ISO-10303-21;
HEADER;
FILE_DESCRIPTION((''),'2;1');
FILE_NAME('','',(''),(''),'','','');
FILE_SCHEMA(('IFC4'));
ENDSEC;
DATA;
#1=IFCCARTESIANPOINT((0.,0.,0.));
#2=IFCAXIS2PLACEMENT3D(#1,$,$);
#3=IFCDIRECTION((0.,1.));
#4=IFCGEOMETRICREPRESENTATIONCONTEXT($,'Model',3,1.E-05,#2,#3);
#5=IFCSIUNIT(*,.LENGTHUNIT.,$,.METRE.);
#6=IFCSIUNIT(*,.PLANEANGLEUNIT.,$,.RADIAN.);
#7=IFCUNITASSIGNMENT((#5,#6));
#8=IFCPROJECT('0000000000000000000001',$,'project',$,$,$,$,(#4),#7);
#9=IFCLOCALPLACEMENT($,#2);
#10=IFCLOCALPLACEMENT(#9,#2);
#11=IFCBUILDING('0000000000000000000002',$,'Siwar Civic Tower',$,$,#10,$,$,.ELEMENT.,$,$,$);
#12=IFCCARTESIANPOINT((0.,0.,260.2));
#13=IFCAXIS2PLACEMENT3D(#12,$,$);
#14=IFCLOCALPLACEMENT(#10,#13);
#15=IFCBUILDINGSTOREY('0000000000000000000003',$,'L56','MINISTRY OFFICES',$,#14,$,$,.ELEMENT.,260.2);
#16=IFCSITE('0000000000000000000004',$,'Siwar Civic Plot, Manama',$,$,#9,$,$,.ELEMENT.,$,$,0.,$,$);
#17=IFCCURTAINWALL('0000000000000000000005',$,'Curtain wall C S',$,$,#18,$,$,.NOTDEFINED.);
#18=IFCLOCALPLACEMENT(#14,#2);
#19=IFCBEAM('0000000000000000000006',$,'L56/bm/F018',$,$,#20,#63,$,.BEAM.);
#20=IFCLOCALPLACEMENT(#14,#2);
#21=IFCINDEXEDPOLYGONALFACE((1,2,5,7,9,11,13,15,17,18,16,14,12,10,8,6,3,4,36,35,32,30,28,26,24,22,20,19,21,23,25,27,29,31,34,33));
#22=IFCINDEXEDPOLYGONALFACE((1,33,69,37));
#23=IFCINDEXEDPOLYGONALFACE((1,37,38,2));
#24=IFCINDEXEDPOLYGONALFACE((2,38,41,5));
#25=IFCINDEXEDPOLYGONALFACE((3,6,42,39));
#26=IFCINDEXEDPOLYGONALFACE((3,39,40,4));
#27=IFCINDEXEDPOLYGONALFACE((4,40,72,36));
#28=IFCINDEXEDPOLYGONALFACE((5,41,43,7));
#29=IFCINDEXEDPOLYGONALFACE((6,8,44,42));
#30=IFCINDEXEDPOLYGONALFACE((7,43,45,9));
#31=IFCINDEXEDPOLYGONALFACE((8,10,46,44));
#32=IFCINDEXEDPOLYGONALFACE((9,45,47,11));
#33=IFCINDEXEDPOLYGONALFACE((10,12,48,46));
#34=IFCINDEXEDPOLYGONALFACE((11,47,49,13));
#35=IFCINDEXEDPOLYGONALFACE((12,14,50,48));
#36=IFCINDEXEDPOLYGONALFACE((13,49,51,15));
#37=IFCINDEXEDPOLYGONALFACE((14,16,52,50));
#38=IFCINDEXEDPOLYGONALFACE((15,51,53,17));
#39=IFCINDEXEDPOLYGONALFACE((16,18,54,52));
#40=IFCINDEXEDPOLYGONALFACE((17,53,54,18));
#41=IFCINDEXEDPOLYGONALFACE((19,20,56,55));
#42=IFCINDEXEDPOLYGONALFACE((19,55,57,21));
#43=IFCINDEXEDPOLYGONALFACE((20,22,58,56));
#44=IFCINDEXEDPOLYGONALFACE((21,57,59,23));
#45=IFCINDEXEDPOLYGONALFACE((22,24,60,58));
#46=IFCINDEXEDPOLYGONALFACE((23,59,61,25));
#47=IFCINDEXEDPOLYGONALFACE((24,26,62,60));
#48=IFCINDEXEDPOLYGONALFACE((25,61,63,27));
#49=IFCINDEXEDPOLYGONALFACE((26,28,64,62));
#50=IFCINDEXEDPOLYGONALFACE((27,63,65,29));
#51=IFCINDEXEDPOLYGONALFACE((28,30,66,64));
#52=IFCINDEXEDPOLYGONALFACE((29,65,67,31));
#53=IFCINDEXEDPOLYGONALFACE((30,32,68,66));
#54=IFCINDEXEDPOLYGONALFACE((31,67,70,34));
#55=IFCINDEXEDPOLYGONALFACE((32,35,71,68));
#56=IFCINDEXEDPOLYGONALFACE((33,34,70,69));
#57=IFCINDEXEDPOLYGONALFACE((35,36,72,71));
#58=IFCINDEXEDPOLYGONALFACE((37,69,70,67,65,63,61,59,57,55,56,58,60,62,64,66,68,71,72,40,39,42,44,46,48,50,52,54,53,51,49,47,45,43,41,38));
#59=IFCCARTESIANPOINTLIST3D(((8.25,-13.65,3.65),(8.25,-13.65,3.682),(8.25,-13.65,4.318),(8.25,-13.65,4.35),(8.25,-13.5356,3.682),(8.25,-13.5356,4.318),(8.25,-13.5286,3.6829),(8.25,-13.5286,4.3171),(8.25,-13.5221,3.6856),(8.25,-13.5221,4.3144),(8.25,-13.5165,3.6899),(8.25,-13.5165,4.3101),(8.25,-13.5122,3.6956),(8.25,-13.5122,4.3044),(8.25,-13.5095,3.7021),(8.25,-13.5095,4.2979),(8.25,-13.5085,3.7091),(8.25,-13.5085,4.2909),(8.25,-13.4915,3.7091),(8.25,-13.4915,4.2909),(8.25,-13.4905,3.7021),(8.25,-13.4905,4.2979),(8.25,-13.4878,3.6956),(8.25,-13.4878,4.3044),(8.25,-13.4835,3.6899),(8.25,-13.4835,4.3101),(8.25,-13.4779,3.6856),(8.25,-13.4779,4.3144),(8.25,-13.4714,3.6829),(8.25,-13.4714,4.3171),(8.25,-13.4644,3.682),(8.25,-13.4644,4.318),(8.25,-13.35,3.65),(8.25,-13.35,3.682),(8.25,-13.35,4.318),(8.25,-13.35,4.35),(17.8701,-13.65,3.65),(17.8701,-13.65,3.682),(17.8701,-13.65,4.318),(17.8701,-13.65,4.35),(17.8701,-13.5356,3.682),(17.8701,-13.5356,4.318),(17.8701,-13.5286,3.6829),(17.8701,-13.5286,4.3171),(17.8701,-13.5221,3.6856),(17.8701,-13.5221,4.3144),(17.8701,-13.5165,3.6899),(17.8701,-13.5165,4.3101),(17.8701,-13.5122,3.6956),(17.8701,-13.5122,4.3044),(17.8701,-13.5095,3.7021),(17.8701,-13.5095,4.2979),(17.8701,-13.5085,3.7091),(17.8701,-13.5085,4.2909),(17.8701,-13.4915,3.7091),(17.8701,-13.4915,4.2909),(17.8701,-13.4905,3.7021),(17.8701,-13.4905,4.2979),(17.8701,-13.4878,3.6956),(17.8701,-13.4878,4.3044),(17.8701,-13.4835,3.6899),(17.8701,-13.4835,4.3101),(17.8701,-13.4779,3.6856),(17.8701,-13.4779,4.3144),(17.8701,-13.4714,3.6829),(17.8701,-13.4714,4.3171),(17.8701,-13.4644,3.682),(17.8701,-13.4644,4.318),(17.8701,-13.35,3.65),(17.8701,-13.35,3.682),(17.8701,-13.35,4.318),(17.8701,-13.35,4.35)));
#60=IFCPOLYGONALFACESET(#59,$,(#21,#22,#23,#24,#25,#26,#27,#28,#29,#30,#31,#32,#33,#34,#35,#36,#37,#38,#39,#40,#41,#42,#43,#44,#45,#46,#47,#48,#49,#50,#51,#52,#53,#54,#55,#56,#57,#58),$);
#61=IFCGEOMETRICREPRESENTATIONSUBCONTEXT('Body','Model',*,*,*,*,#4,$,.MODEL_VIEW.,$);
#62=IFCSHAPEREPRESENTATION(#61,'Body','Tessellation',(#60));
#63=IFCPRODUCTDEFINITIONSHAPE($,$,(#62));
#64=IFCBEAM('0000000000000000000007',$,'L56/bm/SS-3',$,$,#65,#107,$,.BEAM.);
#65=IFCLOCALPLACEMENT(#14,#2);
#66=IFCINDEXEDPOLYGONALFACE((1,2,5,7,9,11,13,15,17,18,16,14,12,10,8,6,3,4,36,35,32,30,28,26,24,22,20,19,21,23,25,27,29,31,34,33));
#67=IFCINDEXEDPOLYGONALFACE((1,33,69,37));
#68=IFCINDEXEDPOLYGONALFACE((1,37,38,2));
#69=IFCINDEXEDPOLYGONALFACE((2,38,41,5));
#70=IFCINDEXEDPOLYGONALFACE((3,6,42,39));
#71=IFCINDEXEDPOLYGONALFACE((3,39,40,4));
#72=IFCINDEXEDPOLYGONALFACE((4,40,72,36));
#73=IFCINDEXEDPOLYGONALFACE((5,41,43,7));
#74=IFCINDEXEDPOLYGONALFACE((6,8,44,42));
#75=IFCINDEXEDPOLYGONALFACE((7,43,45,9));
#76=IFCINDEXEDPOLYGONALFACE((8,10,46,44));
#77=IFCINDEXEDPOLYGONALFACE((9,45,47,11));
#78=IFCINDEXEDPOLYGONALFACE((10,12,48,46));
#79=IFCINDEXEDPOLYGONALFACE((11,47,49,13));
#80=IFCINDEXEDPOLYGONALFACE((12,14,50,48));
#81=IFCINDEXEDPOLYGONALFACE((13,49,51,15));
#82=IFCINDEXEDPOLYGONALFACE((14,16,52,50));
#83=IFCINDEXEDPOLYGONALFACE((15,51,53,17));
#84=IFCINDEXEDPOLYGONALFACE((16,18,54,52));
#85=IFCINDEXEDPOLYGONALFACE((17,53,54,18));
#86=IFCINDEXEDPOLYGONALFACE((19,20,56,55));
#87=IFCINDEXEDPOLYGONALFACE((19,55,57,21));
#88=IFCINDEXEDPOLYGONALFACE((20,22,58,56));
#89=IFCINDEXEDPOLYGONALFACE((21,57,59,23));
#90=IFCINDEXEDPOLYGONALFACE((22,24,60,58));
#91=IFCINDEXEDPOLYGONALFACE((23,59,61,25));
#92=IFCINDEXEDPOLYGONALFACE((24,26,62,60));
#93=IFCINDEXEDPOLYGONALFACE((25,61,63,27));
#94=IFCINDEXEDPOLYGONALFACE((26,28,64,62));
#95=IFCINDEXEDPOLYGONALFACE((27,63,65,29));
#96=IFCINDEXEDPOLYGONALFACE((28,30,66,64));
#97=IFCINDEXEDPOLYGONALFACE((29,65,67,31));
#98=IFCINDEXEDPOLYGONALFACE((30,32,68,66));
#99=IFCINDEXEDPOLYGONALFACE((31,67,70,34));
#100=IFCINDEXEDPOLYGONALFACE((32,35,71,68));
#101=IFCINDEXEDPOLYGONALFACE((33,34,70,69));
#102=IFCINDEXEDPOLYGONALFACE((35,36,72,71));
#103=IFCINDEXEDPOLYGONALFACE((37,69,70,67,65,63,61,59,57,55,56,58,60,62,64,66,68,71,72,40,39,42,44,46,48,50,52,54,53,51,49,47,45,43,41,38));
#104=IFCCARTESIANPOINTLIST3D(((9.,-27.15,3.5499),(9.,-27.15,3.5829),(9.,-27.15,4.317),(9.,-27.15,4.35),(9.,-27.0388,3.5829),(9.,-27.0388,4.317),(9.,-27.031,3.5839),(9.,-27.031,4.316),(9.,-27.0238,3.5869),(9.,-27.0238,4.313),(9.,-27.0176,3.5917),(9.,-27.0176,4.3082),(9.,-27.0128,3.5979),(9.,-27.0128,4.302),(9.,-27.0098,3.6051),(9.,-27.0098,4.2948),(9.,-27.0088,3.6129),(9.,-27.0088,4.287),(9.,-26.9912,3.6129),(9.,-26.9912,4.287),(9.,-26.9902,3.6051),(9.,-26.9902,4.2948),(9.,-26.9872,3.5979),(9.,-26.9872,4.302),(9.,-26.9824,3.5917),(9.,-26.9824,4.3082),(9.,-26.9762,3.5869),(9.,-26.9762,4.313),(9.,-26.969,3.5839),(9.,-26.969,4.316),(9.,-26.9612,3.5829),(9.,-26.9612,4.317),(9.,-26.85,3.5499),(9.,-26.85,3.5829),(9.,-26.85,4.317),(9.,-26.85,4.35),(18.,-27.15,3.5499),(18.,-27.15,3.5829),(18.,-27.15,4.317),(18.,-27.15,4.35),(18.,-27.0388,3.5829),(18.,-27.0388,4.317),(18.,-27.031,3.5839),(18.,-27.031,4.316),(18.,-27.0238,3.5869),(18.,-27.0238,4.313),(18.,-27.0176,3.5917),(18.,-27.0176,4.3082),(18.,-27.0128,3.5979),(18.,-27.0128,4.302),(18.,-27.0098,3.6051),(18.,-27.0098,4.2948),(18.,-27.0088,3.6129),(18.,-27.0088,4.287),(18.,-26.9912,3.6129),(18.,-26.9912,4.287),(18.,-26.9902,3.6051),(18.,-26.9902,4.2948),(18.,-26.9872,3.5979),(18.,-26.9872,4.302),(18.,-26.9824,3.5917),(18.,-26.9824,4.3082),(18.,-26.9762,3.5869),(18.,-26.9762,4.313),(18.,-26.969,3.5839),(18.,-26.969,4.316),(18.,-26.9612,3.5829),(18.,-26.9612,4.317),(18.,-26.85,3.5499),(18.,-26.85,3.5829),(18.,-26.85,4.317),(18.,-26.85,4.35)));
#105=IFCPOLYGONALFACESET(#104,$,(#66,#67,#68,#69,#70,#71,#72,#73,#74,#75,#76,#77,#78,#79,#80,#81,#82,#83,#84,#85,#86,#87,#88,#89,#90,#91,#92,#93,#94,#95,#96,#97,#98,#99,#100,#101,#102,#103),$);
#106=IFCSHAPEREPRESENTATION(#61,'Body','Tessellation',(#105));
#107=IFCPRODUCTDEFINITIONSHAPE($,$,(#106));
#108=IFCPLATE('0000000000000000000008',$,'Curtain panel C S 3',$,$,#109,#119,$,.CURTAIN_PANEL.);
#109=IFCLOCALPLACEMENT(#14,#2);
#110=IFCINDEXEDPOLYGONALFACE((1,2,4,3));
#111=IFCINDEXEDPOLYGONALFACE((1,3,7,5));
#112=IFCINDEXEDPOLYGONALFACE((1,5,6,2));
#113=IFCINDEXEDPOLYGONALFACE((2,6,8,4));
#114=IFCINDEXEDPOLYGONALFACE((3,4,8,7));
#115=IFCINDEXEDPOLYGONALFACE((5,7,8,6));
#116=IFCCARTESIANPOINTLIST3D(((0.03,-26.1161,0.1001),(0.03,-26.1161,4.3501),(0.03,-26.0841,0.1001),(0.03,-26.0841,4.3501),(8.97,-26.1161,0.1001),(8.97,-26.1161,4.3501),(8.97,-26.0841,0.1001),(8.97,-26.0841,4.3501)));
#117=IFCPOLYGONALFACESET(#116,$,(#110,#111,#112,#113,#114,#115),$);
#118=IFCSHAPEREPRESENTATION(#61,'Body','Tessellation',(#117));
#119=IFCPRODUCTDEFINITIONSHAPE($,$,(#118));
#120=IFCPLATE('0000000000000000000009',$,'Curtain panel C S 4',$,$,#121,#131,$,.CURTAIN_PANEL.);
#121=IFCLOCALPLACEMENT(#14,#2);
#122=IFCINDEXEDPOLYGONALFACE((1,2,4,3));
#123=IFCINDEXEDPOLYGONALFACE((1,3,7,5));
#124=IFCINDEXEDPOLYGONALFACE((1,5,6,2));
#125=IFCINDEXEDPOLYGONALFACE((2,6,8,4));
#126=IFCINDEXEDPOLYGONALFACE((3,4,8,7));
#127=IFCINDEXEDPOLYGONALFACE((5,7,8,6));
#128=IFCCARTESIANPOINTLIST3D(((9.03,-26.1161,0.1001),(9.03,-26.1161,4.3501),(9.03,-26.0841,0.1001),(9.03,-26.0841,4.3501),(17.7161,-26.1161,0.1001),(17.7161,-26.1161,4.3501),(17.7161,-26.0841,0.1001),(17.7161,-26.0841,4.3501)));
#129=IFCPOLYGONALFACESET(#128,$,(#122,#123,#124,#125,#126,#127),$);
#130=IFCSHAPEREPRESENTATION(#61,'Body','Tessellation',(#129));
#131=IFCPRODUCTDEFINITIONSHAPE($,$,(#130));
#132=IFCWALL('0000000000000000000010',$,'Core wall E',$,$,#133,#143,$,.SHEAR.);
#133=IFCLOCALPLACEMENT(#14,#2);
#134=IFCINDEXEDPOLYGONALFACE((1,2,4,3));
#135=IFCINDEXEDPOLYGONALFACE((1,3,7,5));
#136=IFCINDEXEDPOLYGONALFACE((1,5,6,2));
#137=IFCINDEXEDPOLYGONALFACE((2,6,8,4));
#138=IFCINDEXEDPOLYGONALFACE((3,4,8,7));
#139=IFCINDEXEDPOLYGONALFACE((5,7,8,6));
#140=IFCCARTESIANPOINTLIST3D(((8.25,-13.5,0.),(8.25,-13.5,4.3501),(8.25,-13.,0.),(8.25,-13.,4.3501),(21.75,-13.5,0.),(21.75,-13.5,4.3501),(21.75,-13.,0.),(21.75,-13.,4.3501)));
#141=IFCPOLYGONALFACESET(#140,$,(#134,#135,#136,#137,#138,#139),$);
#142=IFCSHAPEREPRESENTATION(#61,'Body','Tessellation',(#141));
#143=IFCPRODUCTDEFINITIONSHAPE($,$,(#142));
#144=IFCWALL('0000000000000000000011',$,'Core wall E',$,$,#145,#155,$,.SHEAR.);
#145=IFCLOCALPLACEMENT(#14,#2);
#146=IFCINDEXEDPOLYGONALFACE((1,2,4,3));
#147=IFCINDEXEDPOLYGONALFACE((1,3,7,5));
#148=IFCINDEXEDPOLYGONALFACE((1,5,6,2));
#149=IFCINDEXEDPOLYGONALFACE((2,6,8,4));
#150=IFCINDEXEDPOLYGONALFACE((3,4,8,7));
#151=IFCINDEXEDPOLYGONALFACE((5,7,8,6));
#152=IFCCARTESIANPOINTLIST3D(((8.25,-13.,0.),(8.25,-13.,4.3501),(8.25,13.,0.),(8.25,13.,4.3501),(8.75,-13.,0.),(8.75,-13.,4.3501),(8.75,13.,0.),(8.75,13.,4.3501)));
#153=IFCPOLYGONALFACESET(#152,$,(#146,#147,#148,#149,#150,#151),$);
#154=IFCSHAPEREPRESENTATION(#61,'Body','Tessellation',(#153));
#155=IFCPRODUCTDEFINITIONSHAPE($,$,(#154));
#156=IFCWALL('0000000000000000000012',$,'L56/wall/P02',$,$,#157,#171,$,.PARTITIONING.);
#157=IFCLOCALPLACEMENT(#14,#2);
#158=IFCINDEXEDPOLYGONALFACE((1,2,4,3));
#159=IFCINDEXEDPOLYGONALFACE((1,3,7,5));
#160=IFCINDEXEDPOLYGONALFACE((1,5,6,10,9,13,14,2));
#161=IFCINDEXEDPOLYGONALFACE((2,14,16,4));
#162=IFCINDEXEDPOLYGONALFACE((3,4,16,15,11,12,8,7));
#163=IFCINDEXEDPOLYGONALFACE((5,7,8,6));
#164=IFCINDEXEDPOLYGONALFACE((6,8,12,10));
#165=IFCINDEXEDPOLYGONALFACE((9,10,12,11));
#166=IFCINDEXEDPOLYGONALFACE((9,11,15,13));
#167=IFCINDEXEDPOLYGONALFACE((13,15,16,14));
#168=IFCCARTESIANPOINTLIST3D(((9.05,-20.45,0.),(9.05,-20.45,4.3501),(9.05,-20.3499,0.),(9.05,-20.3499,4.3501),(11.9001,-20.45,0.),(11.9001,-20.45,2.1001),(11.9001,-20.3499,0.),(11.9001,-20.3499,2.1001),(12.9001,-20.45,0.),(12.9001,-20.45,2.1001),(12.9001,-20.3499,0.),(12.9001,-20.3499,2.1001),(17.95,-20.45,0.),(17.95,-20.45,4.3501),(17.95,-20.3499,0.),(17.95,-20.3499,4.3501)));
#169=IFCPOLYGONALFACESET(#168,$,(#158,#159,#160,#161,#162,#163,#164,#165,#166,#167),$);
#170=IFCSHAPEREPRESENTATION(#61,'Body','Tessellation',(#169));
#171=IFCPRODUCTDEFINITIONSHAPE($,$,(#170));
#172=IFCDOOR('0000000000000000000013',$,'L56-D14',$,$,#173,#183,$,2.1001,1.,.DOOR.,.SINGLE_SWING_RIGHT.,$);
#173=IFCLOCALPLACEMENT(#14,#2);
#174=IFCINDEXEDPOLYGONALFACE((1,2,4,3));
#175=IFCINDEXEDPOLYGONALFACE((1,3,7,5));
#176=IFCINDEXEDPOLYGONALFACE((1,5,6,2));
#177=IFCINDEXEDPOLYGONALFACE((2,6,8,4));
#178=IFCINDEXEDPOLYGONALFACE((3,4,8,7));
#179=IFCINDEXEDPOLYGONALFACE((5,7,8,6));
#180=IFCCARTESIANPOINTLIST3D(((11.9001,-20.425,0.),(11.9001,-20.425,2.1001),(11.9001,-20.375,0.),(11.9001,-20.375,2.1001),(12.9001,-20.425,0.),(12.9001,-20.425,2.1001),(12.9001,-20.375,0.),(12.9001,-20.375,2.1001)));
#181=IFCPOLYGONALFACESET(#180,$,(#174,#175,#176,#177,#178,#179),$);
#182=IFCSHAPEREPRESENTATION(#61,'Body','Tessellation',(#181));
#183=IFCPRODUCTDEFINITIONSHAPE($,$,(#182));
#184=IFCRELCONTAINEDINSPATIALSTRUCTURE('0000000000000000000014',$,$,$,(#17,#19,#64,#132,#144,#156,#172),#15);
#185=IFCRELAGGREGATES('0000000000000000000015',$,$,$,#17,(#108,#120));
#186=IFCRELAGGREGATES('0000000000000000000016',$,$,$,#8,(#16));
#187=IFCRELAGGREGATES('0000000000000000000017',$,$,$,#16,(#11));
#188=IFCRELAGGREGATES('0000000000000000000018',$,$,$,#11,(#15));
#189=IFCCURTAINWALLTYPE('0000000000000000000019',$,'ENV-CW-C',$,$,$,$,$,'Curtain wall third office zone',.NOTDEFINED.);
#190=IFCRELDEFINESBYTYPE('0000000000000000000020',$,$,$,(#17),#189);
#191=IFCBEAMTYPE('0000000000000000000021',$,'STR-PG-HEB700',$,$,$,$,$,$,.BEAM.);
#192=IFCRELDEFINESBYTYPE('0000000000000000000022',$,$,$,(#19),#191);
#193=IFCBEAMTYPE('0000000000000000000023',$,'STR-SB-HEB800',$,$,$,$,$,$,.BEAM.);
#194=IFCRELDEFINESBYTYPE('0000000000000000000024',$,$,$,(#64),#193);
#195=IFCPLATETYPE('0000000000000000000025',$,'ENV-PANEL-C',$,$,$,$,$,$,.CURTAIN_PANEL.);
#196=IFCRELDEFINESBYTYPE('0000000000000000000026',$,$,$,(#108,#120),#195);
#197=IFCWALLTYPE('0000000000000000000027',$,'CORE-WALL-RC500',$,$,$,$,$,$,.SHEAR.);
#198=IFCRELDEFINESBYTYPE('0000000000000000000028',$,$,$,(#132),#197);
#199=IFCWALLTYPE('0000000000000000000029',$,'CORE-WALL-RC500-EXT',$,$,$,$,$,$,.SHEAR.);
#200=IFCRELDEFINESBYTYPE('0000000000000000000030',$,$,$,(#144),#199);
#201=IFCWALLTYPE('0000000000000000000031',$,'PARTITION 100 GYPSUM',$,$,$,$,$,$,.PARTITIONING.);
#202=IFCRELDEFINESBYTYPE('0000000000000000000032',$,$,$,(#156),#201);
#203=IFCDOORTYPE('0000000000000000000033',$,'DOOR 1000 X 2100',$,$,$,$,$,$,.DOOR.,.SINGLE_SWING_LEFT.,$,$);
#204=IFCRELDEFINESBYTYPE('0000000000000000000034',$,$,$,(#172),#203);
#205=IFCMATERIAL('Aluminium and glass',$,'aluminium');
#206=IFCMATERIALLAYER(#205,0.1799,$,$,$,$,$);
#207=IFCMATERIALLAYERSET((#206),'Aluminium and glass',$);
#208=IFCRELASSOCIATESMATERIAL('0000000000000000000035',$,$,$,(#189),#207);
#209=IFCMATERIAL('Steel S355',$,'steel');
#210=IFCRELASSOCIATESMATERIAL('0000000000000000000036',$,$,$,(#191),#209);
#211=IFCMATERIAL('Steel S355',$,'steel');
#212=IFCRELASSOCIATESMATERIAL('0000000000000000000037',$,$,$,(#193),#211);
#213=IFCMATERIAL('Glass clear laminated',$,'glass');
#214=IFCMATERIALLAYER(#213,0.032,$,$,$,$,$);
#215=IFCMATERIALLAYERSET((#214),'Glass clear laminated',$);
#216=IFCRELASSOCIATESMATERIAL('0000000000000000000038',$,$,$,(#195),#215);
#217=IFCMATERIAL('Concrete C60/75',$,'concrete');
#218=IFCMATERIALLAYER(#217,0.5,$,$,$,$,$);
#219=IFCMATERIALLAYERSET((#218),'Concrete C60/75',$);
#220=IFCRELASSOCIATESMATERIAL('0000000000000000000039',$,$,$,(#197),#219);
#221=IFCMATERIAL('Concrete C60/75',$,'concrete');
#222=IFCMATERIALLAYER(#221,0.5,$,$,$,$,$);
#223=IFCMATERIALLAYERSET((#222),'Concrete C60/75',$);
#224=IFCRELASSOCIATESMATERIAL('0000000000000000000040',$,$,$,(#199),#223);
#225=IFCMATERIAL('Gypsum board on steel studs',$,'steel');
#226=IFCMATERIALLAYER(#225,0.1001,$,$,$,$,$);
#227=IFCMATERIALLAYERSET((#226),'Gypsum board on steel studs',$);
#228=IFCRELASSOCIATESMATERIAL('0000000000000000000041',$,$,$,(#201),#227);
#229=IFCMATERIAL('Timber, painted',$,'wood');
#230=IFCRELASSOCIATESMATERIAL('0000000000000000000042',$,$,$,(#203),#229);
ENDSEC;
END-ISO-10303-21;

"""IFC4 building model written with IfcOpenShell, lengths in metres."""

from ifc_helpers import new_model, si_unit, direction, frame, frame_2d, origin, origin_2d, place, context, subcontext, project, spatial, rectangle, i_section, extrude, material, layer, layer_set, material_profile, profile_set, type_object, element, fill, aggregate, save


model = new_model("IFC4")

# Units and contexts
model_context = context("Model", 3, precision=1e-05, world=origin(), true_north=direction((0.0, 1.0)))
body_context = subcontext(model_context, "Body", "Model", "MODEL_VIEW")
ifc_project = project(units=[si_unit("LENGTHUNIT", "METRE"), si_unit("PLANEANGLEUNIT", "RADIAN")], contexts=[model_context])

# Site, building, storey
site_placement = place(None, origin())
site = spatial("IfcSite", under=ifc_project, at=site_placement, Name="Siwar Civic Plot, Manama", CompositionType="ELEMENT", RefElevation=0.0)
building_placement = place(site_placement, origin())
building = spatial("IfcBuilding", under=site, at=building_placement, Name="Siwar Civic Tower", CompositionType="ELEMENT")
storey_placement = place(building_placement, frame((0.0, 0.0, 260.2)))
storey = spatial("IfcBuildingStorey", under=building, at=storey_placement, Name="L56", Description="MINISTRY OFFICES", CompositionType="ELEMENT", Elevation=260.2)

# Curtain wall
ifc_material_1 = material(Name="Aluminium and glass", Category="aluminium")
ifc_layer_1 = layer(ifc_material_1, 0.1799)
ifc_layer_set_1 = layer_set([ifc_layer_1], Name="Aluminium and glass")
curtain_wall_type = type_object("IfcCurtainWallType", Name="ENV-CW-C", ElementType="Curtain wall third office zone", PredefinedType="NOTDEFINED", material=ifc_layer_set_1)
curtain_wall_placement = place(storey_placement, origin())
curtain_wall = element("IfcCurtainWall", 1, at=curtain_wall_placement, inside=storey, type_object=curtain_wall_type, Name="Curtain wall C S", PredefinedType="NOTDEFINED")

# Beams
ifc_material_2 = material(Name="Steel S355", Category="steel")
ifc_material_profile_1 = material_profile(ifc_material_2, i_section(OverallWidth=0.3, OverallDepth=0.7, WebThickness=0.0171, FlangeThickness=0.032, FilletRadius=0.0271, at=origin_2d()), Name="HEB700")
ifc_profile_set_1 = profile_set([ifc_material_profile_1], Name="Steel S355")
beam_type_1 = type_object("IfcBeamType", Name="STR-PG-HEB700", PredefinedType="BEAM", material=ifc_profile_set_1)
beam_1_placement = place(storey_placement, frame((8.25, -13.5, 4.0), z_axis=(1.0, 0.0, 0.0), x_axis=(0.0, 1.0, 0.0)))
element("IfcBeam", 2, at=beam_1_placement, inside=storey, type_object=beam_type_1, Name="L56/bm/F018", PredefinedType="BEAM", context=body_context, shape_type="SweptSolid", body=[
    extrude(i_section(OverallWidth=0.3, OverallDepth=0.7, WebThickness=0.0171, FlangeThickness=0.032, FilletRadius=0.0271, at=origin_2d()), origin(), (0.0, 0.0, 1.0), 9.6201),
])
ifc_material_3 = material(Name="Steel S355", Category="steel")
ifc_material_profile_2 = material_profile(ifc_material_3, i_section(OverallWidth=0.3, OverallDepth=0.8, WebThickness=0.0176, FlangeThickness=0.033, FilletRadius=0.03, at=origin_2d()), Name="HEB800")
ifc_profile_set_2 = profile_set([ifc_material_profile_2], Name="Steel S355")
beam_type_2 = type_object("IfcBeamType", Name="STR-SB-HEB800", PredefinedType="BEAM", material=ifc_profile_set_2)
beam_2_placement = place(storey_placement, frame((9.0, -27.0, 3.95), z_axis=(1.0, 0.0, 0.0), x_axis=(0.0, 1.0, 0.0)))
element("IfcBeam", 3, at=beam_2_placement, inside=storey, type_object=beam_type_2, Name="L56/bm/SS-3", PredefinedType="BEAM", context=body_context, shape_type="SweptSolid", body=[
    extrude(i_section(OverallWidth=0.3, OverallDepth=0.8, WebThickness=0.0176, FlangeThickness=0.033, FilletRadius=0.03, at=origin_2d()), origin(), (0.0, 0.0, 1.0), 9.0),
])

# Plates
ifc_material_4 = material(Name="Glass clear laminated", Category="glass")
ifc_layer_2 = layer(ifc_material_4, 0.032)
ifc_layer_set_2 = layer_set([ifc_layer_2], Name="Glass clear laminated")
plate_type = type_object("IfcPlateType", Name="ENV-PANEL-C", PredefinedType="CURTAIN_PANEL", material=ifc_layer_set_2)
plate_1_placement = place(storey_placement, frame((4.5, -26.1001, 0.1001), z_axis=(0.0, 0.0, 1.0), x_axis=(1.0, 0.0, 0.0)))
plate_1 = element("IfcPlate", 4, at=plate_1_placement, type_object=plate_type, Name="Curtain panel C S 3", PredefinedType="CURTAIN_PANEL", context=body_context, shape_type="SweptSolid", body=[
    extrude(rectangle(XDim=8.9399, YDim=0.032, at=origin_2d()), origin(), (0.0, 0.0, 1.0), 4.25),
])
plate_2_placement = place(storey_placement, frame((13.373, -26.1001, 0.1001), z_axis=(0.0, 0.0, 1.0), x_axis=(1.0, 0.0, 0.0)))
plate_2 = element("IfcPlate", 5, at=plate_2_placement, type_object=plate_type, Name="Curtain panel C S 4", PredefinedType="CURTAIN_PANEL", context=body_context, shape_type="SweptSolid", body=[
    extrude(rectangle(XDim=8.686, YDim=0.032, at=origin_2d()), origin(), (0.0, 0.0, 1.0), 4.25),
])
aggregate(curtain_wall, [plate_1, plate_2])

# Walls
ifc_material_5 = material(Name="Concrete C60/75", Category="concrete")
ifc_layer_3 = layer(ifc_material_5, 0.5)
ifc_layer_set_3 = layer_set([ifc_layer_3], Name="Concrete C60/75")
wall_type_1 = type_object("IfcWallType", Name="CORE-WALL-RC500", PredefinedType="SHEAR", material=ifc_layer_set_3)
wall_1_placement = place(storey_placement, frame((8.25, -13.25, 0.0), z_axis=(0.0, 0.0, 1.0), x_axis=(1.0, 0.0, 0.0)))
element("IfcWall", 6, at=wall_1_placement, inside=storey, type_object=wall_type_1, Name="Core wall E", PredefinedType="SHEAR", context=body_context, shape_type="SweptSolid", body=[
    extrude(rectangle(XDim=13.5, YDim=0.5, at=frame_2d((6.75, 0.0))), origin(), (0.0, 0.0, 1.0), 4.3501),
])
ifc_material_6 = material(Name="Concrete C60/75", Category="concrete")
ifc_layer_4 = layer(ifc_material_6, 0.5)
ifc_layer_set_4 = layer_set([ifc_layer_4], Name="Concrete C60/75")
wall_type_2 = type_object("IfcWallType", Name="CORE-WALL-RC500-EXT", PredefinedType="SHEAR", material=ifc_layer_set_4)
wall_2_placement = place(storey_placement, frame((8.5, -13.0, 0.0), z_axis=(0.0, 0.0, 1.0), x_axis=(0.0, 1.0, 0.0)))
element("IfcWall", 7, at=wall_2_placement, inside=storey, type_object=wall_type_2, Name="Core wall E", PredefinedType="SHEAR", context=body_context, shape_type="SweptSolid", body=[
    extrude(rectangle(XDim=26.0, YDim=0.5, at=frame_2d((13.0, 0.0))), origin(), (0.0, 0.0, 1.0), 4.3501),
])

# Wall, opening, door
ifc_material_7 = material(Name="Gypsum board on steel studs", Category="steel")
ifc_layer_5 = layer(ifc_material_7, 0.1001)
ifc_layer_set_5 = layer_set([ifc_layer_5], Name="Gypsum board on steel studs")
wall_type_3 = type_object("IfcWallType", Name="PARTITION 100 GYPSUM", PredefinedType="PARTITIONING", material=ifc_layer_set_5)
wall_3_placement = place(storey_placement, frame((9.05, -20.3999, 0.0), z_axis=(0.0, 0.0, 1.0), x_axis=(1.0, 0.0, 0.0)))
wall_3 = element("IfcWall", 8, at=wall_3_placement, inside=storey, type_object=wall_type_3, Name="L56/wall/P02", PredefinedType="PARTITIONING", context=body_context, shape_type="SweptSolid", body=[
    extrude(rectangle(XDim=8.8999, YDim=0.1001, at=frame_2d((4.45, 0.0))), origin(), (0.0, 0.0, 1.0), 4.3501),
])
opening_placement = place(wall_3_placement, frame((2.8501, 0.0, 0.0)))
opening = element("IfcOpeningElement", 9, at=opening_placement, cuts=wall_3, PredefinedType="OPENING", context=body_context, shape_type="SweptSolid", body=[
    extrude(rectangle(XDim=1.0, YDim=2.1001, at=frame_2d((0.5, 1.05))), frame((0.0, 0.0601, 0.0), z_axis=(0.0, -1.0, 0.0), x_axis=(1.0, 0.0, 0.0)), (0.0, 0.0, 1.0), 0.1201),
])
ifc_material_8 = material(Name="Timber, painted", Category="wood")
door_type = type_object("IfcDoorType", Name="DOOR 1000 X 2100", OperationType="SINGLE_SWING_LEFT", PredefinedType="DOOR", material=ifc_material_8)
door_placement = place(opening_placement, origin())
door = element("IfcDoor", 10, at=door_placement, inside=storey, type_object=door_type, Name="L56-D14", OperationType="SINGLE_SWING_RIGHT", OverallHeight=2.1001, OverallWidth=1.0, PredefinedType="DOOR", context=body_context, shape_type="SweptSolid", body=[
    extrude(rectangle(XDim=1.0, YDim=2.1001, at=frame_2d((0.5, 1.05))), frame((0.0, 0.0249, 0.0), z_axis=(0.0, -1.0, 0.0), x_axis=(1.0, 0.0, 0.0)), (0.0, 0.0, 1.0), 0.05),
])
fill(opening, door)

save(model, "model.ifc")
